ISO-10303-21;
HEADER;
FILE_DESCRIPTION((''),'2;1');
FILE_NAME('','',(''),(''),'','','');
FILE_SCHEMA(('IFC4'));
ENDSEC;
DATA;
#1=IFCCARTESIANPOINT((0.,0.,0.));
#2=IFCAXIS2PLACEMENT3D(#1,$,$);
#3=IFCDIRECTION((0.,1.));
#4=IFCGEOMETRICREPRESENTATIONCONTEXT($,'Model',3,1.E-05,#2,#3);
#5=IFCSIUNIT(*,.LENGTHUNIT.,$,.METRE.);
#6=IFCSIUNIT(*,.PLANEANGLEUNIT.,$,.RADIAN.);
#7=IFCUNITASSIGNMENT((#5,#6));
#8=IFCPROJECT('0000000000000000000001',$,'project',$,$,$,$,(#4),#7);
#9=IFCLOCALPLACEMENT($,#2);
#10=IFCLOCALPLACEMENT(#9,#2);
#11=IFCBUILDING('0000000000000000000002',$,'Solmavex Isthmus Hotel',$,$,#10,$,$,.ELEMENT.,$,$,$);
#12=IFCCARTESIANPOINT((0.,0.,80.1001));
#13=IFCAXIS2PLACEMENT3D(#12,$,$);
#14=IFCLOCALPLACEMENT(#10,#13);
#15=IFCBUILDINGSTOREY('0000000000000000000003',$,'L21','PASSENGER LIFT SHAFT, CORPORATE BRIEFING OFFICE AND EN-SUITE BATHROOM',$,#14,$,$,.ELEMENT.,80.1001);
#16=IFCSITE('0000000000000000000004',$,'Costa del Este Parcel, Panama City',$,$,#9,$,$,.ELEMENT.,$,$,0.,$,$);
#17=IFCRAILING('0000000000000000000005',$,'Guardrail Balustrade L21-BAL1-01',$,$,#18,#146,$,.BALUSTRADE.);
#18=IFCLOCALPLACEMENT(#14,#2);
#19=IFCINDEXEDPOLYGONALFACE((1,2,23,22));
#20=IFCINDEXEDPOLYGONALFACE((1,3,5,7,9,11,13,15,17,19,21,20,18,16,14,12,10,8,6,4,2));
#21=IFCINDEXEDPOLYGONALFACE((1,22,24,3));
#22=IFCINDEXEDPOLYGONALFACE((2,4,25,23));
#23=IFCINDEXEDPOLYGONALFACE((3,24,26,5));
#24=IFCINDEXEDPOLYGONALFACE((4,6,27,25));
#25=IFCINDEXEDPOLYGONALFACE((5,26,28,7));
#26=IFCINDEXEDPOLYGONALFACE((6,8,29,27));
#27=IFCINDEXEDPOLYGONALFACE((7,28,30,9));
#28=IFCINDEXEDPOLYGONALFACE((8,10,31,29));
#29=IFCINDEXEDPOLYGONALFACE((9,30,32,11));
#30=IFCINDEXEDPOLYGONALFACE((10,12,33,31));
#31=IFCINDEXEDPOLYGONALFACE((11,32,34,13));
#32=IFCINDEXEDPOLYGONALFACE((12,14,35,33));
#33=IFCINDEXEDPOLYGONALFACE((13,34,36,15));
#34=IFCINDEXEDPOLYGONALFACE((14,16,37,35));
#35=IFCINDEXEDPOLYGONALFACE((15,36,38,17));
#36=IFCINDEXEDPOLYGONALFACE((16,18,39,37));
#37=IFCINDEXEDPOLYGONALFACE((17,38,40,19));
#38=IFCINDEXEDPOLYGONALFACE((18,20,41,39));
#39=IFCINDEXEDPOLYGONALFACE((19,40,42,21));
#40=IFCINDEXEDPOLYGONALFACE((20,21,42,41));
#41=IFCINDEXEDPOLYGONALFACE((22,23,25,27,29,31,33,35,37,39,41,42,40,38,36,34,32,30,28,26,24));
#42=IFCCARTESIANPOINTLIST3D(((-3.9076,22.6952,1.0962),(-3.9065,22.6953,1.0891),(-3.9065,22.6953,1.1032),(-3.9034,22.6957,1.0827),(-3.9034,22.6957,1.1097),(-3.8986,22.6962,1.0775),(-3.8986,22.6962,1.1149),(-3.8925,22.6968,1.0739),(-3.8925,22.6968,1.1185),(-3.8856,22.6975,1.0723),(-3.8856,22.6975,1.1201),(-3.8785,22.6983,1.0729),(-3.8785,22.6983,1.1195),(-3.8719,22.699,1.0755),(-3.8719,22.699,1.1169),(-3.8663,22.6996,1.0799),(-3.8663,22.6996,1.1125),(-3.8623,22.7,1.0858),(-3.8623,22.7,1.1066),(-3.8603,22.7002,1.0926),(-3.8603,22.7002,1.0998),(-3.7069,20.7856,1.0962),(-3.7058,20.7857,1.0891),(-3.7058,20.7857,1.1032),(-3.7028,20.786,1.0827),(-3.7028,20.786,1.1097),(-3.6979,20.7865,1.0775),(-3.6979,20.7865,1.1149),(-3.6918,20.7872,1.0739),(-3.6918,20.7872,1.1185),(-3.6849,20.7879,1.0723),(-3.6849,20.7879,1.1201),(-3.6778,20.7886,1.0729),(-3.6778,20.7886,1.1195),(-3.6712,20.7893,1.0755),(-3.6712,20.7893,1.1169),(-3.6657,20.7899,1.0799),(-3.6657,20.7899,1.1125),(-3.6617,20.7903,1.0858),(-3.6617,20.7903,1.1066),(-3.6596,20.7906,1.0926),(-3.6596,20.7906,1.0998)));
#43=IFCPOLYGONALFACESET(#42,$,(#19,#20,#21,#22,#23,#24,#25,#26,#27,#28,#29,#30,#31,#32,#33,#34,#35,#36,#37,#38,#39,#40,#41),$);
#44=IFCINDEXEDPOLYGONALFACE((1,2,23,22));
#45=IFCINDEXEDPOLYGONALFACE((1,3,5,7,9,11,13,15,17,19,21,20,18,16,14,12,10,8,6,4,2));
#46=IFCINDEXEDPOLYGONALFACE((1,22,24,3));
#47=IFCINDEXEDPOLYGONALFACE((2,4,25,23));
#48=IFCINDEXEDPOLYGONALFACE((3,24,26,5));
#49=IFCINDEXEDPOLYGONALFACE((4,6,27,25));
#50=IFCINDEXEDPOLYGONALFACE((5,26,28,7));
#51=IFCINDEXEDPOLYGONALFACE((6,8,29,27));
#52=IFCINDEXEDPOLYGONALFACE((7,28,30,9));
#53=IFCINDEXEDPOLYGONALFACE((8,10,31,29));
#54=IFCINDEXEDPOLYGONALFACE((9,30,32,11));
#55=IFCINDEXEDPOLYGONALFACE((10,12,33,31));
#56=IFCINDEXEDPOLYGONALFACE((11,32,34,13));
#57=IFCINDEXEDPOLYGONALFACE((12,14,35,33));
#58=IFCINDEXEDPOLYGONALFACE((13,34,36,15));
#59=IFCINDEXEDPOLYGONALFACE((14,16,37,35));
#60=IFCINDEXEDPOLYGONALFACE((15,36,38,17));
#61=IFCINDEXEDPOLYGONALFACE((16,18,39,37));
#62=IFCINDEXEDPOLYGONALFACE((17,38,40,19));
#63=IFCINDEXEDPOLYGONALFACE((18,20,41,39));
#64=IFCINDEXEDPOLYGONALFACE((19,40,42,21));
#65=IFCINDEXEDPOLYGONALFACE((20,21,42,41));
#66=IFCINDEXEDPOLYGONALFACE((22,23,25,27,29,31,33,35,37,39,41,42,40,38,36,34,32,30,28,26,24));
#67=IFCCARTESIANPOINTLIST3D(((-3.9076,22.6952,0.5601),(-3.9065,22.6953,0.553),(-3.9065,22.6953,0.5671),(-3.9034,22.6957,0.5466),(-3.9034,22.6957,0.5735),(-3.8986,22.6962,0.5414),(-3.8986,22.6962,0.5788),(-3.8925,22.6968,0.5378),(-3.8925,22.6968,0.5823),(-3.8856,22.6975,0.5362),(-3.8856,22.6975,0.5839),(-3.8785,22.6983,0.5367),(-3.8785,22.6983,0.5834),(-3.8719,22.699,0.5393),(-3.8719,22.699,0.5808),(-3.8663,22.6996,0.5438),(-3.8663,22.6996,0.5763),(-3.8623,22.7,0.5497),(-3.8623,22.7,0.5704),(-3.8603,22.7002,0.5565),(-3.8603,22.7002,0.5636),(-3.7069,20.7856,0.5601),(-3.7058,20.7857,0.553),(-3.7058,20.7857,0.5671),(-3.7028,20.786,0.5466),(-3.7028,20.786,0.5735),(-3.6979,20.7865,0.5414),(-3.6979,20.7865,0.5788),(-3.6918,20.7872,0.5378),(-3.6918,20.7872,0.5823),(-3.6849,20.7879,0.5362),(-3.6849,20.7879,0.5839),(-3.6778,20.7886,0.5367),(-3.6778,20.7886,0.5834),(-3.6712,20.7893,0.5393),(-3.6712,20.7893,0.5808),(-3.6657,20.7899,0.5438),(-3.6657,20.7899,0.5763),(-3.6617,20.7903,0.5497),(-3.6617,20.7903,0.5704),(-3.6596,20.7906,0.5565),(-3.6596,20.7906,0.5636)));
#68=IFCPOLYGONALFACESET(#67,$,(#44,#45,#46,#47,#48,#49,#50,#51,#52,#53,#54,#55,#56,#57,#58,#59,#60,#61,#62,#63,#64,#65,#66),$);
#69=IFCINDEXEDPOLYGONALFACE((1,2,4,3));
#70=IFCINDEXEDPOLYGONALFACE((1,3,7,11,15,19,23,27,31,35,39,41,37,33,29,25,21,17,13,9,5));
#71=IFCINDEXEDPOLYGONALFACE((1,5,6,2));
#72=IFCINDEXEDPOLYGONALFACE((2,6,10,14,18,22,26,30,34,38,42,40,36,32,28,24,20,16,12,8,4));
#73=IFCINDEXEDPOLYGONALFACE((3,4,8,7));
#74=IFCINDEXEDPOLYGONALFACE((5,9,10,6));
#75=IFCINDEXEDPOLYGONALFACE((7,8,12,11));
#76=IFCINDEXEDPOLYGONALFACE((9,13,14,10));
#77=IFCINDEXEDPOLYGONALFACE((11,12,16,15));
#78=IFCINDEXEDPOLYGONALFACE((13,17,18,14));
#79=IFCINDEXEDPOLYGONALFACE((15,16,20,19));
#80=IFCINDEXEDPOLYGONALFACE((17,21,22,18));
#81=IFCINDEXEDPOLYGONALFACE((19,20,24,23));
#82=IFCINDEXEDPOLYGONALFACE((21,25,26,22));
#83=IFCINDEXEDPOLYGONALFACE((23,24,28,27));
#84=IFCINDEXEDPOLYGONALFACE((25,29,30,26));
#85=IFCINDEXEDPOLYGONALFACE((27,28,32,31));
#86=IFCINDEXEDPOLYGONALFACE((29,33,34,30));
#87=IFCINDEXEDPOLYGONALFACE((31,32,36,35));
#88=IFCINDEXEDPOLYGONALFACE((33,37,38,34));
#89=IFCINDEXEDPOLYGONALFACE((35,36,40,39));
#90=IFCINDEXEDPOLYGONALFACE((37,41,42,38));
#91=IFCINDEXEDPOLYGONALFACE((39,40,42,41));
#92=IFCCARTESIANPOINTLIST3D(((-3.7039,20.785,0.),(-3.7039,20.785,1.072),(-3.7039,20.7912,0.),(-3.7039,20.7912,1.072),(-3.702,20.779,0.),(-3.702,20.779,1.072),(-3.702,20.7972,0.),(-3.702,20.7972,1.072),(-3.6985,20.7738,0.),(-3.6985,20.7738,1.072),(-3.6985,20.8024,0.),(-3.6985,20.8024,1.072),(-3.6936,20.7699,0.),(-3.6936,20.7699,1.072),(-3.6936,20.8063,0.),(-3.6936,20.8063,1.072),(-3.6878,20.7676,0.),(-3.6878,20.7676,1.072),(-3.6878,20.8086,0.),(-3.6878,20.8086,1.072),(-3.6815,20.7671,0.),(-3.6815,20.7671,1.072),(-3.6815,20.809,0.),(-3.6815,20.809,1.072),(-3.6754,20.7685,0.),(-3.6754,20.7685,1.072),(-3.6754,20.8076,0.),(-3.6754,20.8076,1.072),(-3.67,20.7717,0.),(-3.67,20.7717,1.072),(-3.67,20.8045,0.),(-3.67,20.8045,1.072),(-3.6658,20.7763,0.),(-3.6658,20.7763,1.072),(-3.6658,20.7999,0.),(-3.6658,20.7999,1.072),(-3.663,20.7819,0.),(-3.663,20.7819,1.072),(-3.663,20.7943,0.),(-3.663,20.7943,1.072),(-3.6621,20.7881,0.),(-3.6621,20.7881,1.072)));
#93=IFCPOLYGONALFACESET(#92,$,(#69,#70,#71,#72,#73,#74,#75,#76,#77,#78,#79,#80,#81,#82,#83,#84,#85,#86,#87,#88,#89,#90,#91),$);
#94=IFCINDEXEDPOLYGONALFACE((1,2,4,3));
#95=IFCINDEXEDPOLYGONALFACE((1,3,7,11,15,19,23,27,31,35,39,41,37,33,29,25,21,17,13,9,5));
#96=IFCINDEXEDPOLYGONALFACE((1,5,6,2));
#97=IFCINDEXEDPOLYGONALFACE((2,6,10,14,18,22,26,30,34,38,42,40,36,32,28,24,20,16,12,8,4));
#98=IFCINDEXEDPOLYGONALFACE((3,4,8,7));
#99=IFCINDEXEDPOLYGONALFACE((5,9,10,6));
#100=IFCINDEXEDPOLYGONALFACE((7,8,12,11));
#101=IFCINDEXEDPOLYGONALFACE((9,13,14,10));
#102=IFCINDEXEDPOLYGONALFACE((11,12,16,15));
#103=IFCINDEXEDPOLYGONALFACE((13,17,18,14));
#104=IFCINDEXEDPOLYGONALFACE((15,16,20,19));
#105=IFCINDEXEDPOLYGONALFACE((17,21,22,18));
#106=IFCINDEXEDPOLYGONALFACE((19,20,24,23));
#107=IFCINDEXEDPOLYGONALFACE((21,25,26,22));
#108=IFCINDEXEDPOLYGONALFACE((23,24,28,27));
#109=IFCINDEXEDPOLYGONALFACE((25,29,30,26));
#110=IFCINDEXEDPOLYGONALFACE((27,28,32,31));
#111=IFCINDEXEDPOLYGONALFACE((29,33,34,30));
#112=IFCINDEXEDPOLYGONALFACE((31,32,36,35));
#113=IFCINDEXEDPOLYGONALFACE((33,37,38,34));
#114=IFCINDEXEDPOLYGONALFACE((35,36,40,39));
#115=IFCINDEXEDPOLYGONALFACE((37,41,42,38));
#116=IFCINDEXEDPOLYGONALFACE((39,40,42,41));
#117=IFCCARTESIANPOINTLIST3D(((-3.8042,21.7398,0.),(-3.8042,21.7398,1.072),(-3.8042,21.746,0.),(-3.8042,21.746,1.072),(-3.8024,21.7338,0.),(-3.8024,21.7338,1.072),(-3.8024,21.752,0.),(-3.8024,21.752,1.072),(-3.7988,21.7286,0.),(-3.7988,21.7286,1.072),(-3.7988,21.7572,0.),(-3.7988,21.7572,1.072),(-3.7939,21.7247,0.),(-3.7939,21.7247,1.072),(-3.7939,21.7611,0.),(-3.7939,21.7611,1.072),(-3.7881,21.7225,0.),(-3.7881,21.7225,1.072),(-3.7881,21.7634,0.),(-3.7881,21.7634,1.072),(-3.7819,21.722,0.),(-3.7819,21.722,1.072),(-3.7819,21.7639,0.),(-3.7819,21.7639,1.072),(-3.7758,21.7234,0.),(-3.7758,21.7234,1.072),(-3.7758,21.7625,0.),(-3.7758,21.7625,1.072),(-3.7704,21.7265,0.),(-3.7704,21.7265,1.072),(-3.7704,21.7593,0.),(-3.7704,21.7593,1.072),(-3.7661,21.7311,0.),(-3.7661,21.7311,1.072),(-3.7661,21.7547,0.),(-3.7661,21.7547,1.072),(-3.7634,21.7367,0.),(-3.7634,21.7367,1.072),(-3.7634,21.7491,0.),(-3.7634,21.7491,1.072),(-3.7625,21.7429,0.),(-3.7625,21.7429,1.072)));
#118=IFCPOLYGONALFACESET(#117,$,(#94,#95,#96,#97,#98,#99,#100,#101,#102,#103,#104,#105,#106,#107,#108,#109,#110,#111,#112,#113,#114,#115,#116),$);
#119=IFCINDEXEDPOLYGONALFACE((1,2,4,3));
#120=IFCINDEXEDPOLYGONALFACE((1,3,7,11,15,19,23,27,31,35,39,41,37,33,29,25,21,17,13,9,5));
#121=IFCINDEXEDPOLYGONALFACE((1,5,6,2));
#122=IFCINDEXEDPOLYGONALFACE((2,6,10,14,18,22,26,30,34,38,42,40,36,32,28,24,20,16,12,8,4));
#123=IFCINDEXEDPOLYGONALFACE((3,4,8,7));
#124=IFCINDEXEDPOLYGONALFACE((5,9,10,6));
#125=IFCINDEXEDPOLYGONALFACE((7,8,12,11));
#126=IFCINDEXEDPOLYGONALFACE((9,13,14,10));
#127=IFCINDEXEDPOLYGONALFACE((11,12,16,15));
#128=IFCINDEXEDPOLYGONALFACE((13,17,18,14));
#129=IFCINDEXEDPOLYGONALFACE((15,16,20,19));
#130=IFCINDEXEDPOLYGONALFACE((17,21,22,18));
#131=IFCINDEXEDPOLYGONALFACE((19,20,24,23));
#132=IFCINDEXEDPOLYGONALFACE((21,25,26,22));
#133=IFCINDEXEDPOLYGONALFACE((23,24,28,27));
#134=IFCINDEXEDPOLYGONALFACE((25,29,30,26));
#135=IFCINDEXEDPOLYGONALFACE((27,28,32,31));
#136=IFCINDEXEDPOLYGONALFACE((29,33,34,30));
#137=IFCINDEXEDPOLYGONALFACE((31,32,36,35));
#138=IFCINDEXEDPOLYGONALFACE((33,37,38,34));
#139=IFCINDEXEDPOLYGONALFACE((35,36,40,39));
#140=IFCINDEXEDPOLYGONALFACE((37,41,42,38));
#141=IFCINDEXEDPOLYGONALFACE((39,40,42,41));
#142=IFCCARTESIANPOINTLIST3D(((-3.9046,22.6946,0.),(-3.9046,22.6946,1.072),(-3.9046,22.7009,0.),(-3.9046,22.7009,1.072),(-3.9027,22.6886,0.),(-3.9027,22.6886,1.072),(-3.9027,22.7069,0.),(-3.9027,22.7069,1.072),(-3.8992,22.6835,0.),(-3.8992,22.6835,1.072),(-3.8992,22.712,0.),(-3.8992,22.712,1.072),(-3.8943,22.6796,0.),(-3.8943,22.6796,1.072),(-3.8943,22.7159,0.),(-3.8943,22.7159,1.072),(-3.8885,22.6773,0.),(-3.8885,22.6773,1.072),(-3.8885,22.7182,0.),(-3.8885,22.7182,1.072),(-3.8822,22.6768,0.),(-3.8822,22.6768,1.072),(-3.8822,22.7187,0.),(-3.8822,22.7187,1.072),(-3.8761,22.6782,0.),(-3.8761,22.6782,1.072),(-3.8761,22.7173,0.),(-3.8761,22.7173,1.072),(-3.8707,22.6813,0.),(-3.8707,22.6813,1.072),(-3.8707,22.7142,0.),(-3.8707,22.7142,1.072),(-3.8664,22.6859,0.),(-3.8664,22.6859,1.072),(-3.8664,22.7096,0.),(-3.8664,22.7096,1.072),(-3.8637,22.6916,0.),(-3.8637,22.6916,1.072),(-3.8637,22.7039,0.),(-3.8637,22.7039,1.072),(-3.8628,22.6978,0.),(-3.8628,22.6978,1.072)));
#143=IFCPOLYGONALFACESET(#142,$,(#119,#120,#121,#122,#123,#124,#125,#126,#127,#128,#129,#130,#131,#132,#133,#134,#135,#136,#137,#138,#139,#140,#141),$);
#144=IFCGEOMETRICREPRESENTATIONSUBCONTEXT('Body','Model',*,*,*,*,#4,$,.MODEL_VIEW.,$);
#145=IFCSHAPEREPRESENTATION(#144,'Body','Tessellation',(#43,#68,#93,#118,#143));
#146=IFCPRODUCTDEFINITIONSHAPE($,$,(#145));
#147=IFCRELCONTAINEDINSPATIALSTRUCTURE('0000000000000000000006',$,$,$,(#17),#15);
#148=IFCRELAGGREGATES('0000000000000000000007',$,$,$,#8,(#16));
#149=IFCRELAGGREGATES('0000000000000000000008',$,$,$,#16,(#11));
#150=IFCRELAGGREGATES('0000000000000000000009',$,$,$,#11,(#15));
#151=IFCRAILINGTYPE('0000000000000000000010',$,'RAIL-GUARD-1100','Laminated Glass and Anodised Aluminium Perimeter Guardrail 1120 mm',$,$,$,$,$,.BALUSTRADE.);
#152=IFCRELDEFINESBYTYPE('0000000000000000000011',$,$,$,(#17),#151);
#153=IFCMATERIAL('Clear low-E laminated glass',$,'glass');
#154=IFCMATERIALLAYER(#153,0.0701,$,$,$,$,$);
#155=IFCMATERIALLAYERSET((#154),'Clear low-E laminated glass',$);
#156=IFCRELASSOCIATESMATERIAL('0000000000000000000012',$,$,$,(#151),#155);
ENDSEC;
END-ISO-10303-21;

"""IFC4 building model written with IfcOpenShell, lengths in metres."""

from ifc_helpers import new_model, si_unit, direction, frame, origin, origin_2d, place, context, subcontext, project, spatial, circle, extrude, material, layer, layer_set, type_object, element, save


model = new_model("IFC4")

# Units and contexts
model_context = context("Model", 3, precision=1e-05, world=origin(), true_north=direction((0.0, 1.0)))
body_context = subcontext(model_context, "Body", "Model", "MODEL_VIEW")
ifc_project = project(units=[si_unit("LENGTHUNIT", "METRE"), si_unit("PLANEANGLEUNIT", "RADIAN")], contexts=[model_context])

# Site, building, storey
site_placement = place(None, origin())
site = spatial("IfcSite", under=ifc_project, at=site_placement, Name="Costa del Este Parcel, Panama City", CompositionType="ELEMENT", RefElevation=0.0)
building_placement = place(site_placement, origin())
building = spatial("IfcBuilding", under=site, at=building_placement, Name="Solmavex Isthmus Hotel", CompositionType="ELEMENT")
storey_placement = place(building_placement, frame((0.0, 0.0, 80.1001)))
storey = spatial("IfcBuildingStorey", under=building, at=storey_placement, Name="L21", Description="PASSENGER LIFT SHAFT, CORPORATE BRIEFING OFFICE AND EN-SUITE BATHROOM", CompositionType="ELEMENT", Elevation=80.1001)

# Shared definitions
ifc_material_1 = material(Name="Clear low-E laminated glass", Category="glass")

# Railing
ifc_layer_1 = layer(ifc_material_1, 0.0701)
ifc_layer_set_1 = layer_set([ifc_layer_1], Name="Clear low-E laminated glass")
railing_type = type_object("IfcRailingType", Name="RAIL-GUARD-1100", Description="Laminated Glass and Anodised Aluminium Perimeter Guardrail 1120 mm", PredefinedType="BALUSTRADE", material=ifc_layer_set_1)
railing_1_placement = place(storey_placement, frame((-3.6831, 20.7881, 0.0)))
element("IfcRailing", 1, at=railing_1_placement, inside=storey, type_object=railing_type, Name="Guardrail Balustrade L21-BAL1-01", PredefinedType="BALUSTRADE", context=body_context, shape_type="SweptSolid", body=[
    extrude(circle(Radius=0.0239, at=origin_2d()), frame((0.0, 0.0, 1.0962), z_axis=(-0.104513, 0.994524, 0.0), x_axis=(-0.994524, -0.104513, 0.0)), (0.0, 0.0, 1.0), 1.9202),
    extrude(circle(Radius=0.0239, at=origin_2d()), frame((0.0, 0.0, 0.5601), z_axis=(-0.104513, 0.994524, 0.0), x_axis=(-0.994524, -0.104513, 0.0)), (0.0, 0.0, 1.0), 1.9202),
    extrude(circle(Radius=0.021, at=origin_2d()), origin(), (0.0, 0.0, 1.0), 1.072),
    extrude(circle(Radius=0.021, at=origin_2d()), frame((-0.1003, 0.9548, 0.0)), (0.0, 0.0, 1.0), 1.072),
    extrude(circle(Radius=0.021, at=origin_2d()), frame((-0.2007, 1.9097, 0.0)), (0.0, 0.0, 1.0), 1.072),
])

save(model, "model.ifc")
